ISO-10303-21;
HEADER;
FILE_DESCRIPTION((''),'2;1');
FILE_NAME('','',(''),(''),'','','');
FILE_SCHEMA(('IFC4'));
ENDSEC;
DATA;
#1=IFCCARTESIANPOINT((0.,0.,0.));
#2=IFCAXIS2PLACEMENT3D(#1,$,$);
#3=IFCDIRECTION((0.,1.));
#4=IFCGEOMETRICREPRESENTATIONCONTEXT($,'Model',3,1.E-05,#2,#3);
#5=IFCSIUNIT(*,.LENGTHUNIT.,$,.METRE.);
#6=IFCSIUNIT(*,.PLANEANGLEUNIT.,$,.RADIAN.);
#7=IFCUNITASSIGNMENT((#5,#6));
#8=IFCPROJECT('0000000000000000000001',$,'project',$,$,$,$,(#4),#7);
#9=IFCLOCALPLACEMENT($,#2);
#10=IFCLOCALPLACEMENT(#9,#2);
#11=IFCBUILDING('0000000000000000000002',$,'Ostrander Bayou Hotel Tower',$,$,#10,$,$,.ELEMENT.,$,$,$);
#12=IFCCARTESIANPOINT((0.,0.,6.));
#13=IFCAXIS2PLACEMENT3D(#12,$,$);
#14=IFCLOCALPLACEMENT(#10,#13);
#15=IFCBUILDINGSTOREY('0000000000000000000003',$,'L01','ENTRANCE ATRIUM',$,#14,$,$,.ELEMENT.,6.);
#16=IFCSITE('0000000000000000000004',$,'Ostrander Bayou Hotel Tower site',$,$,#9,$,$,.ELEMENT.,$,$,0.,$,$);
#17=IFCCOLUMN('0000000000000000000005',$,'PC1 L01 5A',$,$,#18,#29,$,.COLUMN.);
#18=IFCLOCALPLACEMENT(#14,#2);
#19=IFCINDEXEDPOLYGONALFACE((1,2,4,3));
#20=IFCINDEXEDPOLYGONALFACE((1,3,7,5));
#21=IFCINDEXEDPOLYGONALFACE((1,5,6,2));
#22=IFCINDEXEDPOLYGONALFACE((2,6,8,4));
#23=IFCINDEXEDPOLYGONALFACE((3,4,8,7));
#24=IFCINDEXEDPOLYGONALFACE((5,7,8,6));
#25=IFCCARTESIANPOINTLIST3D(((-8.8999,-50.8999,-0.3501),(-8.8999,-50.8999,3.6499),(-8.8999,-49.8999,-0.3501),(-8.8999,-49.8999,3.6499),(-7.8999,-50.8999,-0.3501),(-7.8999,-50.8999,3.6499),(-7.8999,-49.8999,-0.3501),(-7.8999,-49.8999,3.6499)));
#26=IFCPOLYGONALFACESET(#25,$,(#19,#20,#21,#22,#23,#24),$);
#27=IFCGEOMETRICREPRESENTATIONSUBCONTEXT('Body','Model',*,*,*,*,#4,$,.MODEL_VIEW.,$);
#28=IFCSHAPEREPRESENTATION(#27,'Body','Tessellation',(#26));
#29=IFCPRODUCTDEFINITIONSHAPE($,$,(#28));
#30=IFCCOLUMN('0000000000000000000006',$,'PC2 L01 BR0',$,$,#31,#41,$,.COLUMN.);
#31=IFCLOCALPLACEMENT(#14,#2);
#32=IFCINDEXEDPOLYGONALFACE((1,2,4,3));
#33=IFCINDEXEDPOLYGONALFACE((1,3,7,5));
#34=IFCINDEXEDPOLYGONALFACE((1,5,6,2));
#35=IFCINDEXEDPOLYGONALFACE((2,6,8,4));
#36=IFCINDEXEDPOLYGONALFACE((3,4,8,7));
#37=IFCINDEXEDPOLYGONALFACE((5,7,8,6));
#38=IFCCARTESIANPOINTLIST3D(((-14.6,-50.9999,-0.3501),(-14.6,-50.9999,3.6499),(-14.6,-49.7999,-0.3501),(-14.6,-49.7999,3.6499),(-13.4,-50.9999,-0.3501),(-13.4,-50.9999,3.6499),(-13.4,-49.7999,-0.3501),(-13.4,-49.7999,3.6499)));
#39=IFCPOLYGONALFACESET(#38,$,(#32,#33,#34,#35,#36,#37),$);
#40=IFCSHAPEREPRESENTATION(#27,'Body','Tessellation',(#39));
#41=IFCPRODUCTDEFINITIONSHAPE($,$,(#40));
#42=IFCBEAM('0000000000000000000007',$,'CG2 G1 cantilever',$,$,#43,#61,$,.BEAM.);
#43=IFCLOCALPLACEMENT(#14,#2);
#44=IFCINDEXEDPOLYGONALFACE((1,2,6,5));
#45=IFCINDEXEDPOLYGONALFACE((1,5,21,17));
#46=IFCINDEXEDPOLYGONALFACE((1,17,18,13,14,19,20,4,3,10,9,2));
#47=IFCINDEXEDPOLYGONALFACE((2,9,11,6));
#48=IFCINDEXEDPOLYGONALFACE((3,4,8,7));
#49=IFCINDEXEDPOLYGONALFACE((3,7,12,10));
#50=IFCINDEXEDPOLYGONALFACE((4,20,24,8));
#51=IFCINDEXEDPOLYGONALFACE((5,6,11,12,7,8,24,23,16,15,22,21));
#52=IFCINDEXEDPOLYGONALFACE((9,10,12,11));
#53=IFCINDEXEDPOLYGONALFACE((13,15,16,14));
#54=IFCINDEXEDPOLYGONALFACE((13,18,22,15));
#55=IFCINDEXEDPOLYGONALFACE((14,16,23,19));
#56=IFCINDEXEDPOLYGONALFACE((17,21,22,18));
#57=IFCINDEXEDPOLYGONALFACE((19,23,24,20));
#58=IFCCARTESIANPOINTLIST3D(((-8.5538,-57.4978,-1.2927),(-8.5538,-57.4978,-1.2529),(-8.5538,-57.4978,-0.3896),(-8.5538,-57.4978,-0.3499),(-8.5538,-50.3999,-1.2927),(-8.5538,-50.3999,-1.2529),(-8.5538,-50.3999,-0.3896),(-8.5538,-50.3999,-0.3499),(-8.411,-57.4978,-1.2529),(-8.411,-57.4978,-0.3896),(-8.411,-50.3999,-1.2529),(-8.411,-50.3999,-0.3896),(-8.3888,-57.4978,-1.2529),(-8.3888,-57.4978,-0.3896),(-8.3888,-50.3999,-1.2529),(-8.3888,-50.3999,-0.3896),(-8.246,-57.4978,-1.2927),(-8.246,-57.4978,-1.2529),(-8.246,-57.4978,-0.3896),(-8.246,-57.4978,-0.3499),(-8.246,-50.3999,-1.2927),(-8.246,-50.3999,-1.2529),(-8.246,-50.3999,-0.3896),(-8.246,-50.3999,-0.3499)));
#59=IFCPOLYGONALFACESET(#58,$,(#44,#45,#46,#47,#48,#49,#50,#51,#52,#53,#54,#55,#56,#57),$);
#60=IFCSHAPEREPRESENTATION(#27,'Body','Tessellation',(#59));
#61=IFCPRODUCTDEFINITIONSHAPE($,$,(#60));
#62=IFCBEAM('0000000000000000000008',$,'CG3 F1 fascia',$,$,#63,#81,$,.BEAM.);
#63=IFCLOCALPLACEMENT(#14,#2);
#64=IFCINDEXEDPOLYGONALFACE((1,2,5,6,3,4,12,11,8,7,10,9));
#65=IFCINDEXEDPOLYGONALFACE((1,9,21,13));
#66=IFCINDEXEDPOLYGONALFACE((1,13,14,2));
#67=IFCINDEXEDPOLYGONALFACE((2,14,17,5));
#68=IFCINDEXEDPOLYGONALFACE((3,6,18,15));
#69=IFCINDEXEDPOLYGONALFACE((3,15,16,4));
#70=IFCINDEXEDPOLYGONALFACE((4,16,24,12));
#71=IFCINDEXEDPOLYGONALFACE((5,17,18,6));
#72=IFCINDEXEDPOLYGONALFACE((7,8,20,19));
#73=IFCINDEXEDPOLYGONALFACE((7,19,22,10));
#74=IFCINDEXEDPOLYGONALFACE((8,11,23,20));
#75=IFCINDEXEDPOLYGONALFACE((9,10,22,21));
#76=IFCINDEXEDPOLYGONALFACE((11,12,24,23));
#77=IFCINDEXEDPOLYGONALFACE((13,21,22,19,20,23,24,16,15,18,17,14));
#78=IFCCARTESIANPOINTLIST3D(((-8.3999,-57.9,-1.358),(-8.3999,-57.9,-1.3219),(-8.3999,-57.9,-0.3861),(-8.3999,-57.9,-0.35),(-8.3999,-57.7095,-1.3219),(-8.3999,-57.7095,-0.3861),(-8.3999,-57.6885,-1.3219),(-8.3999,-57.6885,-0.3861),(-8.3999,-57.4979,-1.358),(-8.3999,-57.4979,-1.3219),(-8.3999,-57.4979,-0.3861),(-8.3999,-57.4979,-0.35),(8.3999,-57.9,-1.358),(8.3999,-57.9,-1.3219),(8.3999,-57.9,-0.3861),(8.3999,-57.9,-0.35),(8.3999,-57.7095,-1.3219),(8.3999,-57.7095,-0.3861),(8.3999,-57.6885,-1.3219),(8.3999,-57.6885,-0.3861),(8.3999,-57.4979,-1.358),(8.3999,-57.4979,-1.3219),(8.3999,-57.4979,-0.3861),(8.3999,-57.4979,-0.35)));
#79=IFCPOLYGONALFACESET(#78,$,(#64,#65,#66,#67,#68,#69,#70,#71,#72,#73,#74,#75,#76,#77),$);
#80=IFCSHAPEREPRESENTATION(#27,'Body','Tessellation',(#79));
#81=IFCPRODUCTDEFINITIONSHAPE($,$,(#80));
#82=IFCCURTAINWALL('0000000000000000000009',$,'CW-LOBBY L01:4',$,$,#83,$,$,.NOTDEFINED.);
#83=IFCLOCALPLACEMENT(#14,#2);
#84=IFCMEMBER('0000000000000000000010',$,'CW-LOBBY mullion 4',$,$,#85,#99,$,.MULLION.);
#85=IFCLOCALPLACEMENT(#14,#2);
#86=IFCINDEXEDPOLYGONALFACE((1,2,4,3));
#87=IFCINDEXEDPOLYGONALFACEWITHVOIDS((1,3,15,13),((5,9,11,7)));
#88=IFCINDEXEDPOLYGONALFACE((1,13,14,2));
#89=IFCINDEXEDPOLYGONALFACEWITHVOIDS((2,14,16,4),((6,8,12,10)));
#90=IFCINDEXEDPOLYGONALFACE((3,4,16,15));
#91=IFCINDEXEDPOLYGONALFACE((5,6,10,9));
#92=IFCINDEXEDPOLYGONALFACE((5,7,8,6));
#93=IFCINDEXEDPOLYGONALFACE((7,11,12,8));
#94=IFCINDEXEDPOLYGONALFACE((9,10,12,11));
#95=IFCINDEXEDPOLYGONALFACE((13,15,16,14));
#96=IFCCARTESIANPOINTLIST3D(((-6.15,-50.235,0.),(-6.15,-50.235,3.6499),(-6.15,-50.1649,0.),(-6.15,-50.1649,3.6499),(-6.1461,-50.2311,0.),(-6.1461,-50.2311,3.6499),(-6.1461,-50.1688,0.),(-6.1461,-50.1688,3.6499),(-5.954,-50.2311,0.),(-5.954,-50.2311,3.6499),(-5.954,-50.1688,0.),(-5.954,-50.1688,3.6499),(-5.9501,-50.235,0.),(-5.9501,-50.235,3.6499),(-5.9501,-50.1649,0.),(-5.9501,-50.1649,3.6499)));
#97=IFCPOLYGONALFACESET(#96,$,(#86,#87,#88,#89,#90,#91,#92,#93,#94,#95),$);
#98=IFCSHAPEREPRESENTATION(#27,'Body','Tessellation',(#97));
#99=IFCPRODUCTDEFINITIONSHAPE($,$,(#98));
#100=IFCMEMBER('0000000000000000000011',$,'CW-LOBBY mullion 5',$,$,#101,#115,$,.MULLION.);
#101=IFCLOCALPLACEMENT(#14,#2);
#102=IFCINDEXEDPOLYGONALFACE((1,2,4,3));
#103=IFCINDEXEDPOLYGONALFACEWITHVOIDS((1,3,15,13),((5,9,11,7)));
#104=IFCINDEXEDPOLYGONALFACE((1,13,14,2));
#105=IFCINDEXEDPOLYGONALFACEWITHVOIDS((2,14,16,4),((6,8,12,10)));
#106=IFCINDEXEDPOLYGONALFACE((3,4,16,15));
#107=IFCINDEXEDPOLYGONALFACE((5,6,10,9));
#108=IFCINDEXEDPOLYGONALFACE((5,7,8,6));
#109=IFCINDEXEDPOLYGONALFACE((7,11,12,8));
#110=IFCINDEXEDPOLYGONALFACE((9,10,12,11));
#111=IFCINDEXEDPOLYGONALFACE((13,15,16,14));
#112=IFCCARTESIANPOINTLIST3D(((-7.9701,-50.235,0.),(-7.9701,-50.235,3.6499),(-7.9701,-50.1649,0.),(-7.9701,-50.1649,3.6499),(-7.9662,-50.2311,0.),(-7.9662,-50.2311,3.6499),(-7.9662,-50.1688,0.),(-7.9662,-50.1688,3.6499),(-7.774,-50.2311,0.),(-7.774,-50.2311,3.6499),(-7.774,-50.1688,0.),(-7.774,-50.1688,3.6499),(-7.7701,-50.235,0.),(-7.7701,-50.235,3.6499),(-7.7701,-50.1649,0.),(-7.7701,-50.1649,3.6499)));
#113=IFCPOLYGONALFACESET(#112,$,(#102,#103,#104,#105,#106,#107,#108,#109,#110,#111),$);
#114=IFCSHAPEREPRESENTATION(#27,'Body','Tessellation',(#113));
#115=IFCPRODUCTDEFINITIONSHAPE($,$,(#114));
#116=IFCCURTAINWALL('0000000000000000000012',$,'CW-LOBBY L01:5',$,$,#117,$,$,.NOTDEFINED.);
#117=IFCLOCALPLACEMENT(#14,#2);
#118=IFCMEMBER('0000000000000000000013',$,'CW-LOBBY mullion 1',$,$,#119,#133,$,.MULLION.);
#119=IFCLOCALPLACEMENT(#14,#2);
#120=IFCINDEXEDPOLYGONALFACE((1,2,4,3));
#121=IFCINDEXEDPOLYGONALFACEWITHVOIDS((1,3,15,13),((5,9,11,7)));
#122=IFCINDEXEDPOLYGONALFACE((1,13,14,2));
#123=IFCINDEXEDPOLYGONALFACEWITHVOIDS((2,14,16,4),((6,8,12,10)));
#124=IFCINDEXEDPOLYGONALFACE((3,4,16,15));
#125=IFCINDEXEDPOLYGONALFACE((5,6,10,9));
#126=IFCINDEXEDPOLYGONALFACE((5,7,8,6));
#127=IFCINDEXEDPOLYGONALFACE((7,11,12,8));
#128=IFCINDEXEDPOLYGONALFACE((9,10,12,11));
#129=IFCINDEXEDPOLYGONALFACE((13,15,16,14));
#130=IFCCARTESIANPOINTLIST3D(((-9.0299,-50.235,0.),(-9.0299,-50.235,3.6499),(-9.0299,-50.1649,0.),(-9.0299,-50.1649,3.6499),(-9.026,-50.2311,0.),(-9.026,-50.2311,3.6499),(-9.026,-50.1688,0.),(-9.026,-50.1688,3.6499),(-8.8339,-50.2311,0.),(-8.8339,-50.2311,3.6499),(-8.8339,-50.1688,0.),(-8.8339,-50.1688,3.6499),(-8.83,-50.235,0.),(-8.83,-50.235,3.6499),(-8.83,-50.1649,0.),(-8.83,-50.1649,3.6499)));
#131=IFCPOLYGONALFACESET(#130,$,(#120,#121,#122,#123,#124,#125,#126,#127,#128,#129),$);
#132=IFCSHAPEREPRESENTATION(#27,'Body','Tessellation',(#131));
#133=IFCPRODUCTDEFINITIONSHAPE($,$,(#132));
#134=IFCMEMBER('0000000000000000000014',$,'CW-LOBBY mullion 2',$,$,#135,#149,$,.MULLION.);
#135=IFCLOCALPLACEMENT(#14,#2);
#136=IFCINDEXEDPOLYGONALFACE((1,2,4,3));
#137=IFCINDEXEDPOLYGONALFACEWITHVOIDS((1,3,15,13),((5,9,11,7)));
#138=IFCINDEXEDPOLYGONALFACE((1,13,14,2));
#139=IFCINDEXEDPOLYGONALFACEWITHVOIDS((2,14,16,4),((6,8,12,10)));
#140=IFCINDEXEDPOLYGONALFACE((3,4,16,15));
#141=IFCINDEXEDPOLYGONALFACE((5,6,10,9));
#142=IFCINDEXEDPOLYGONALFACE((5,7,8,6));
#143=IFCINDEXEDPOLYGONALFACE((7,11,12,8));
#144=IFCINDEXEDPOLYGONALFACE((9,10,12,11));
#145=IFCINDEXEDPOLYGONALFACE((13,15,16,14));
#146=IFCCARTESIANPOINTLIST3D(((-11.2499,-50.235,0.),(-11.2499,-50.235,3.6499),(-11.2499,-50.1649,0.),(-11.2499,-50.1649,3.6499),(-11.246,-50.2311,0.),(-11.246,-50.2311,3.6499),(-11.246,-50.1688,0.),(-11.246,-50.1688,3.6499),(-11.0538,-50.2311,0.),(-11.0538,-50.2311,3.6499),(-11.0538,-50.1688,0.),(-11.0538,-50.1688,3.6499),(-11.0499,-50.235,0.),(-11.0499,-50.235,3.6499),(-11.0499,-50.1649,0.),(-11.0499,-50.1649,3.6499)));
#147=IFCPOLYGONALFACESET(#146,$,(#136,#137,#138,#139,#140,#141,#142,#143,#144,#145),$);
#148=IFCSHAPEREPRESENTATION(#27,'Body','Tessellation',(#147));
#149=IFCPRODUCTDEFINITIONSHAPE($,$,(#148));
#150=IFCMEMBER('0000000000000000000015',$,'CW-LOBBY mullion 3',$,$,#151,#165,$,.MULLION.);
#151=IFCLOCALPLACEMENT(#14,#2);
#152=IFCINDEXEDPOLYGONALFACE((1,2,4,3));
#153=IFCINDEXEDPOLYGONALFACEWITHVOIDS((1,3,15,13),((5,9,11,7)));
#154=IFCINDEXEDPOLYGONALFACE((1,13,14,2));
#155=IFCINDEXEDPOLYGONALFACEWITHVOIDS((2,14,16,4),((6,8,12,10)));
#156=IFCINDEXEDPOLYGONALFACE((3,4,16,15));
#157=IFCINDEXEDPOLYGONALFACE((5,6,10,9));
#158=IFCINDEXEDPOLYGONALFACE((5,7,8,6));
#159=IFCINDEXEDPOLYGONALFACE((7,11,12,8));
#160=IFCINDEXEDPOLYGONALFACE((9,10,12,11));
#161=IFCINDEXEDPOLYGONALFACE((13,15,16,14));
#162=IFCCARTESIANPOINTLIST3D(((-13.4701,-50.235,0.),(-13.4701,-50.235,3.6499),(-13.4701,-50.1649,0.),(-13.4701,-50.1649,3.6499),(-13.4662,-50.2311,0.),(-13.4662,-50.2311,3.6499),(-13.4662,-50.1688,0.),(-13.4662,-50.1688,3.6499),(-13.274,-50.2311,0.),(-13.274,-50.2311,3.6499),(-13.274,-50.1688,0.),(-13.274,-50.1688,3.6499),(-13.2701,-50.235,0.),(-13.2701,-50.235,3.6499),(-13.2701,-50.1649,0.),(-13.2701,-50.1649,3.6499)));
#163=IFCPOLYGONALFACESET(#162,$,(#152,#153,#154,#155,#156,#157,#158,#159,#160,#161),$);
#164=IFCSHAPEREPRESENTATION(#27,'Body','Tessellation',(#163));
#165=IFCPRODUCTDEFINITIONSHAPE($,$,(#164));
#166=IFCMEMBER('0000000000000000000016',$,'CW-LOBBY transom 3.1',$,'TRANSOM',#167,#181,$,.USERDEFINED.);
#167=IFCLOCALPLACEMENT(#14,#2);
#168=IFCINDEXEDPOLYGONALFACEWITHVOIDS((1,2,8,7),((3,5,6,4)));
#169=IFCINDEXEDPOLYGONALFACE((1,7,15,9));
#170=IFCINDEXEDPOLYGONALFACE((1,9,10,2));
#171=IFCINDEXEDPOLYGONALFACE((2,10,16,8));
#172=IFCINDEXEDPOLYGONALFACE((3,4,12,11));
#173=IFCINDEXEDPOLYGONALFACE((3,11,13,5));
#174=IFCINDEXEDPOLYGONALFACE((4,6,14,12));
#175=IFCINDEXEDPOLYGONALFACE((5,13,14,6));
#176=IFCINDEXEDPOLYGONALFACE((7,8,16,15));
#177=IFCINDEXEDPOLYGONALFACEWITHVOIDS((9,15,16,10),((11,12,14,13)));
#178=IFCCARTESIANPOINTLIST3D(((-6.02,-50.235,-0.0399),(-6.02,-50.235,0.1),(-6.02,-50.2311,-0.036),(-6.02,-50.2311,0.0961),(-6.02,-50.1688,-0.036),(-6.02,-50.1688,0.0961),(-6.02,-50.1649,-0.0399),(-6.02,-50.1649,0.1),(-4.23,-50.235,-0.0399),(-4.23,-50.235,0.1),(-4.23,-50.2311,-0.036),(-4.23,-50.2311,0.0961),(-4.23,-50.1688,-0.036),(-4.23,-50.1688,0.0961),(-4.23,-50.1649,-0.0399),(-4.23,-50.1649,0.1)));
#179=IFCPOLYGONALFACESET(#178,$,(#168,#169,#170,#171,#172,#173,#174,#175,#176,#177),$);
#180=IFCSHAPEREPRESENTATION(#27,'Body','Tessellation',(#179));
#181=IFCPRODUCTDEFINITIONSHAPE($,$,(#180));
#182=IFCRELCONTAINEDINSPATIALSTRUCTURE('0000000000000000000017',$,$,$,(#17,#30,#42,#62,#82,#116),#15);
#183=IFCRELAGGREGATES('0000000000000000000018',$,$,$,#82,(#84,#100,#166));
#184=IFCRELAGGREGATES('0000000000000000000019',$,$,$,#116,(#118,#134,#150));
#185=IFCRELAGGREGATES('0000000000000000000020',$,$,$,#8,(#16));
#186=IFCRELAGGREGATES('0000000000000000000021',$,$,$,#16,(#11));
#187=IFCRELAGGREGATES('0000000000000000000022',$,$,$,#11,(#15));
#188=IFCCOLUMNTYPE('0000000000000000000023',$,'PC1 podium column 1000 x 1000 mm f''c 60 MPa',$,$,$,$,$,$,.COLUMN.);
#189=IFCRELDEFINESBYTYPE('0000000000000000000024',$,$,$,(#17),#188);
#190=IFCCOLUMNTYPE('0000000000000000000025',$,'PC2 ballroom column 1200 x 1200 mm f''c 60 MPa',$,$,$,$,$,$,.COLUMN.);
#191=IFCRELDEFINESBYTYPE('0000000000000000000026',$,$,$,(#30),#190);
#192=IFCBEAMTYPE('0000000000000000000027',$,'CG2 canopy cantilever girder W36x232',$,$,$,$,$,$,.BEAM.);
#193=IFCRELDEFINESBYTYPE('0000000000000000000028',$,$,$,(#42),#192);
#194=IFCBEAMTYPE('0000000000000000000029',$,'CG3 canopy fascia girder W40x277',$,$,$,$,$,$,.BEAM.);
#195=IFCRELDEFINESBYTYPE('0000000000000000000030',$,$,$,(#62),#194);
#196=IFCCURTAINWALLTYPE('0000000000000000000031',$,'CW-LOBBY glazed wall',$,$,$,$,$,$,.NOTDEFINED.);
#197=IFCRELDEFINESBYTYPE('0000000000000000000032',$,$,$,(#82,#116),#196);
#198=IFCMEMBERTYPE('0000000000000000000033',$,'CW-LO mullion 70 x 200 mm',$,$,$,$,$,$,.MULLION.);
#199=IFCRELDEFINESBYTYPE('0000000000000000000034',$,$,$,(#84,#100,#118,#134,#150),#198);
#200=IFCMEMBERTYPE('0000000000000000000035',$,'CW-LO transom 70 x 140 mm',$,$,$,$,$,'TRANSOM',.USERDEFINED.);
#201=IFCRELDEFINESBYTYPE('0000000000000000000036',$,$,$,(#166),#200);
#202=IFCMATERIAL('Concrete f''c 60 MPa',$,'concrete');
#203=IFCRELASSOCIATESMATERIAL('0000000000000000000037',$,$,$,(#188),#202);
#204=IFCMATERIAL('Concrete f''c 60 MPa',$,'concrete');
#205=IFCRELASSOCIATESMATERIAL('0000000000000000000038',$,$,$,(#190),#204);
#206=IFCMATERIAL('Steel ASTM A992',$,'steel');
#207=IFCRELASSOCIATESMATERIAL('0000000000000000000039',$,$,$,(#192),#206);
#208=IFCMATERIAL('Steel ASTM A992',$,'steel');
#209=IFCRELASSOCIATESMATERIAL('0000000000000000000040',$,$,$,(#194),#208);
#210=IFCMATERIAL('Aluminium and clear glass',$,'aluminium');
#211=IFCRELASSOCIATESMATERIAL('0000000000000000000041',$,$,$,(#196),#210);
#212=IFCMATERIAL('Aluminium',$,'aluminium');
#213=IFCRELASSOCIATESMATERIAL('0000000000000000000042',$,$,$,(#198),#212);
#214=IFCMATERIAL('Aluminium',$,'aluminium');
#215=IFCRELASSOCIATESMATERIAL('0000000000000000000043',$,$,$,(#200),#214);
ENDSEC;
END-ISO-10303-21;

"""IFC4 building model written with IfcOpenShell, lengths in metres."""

from ifc_helpers import new_model, si_unit, direction, frame, origin, origin_2d, place, context, subcontext, project, spatial, rectangle, hollow_rectangle, i_section, extrude, material, material_profile, profile_set, type_object, element, aggregate, save


model = new_model("IFC4")

# Units and contexts
model_context = context("Model", 3, precision=1e-05, world=origin(), true_north=direction((0.0, 1.0)))
body_context = subcontext(model_context, "Body", "Model", "MODEL_VIEW")
ifc_project = project(units=[si_unit("LENGTHUNIT", "METRE"), si_unit("PLANEANGLEUNIT", "RADIAN")], contexts=[model_context])

# Site, building, storey
site_placement = place(None, origin())
site = spatial("IfcSite", under=ifc_project, at=site_placement, Name="Ostrander Bayou Hotel Tower site", CompositionType="ELEMENT", RefElevation=0.0)
building_placement = place(site_placement, origin())
building = spatial("IfcBuilding", under=site, at=building_placement, Name="Ostrander Bayou Hotel Tower", CompositionType="ELEMENT")
storey_placement = place(building_placement, frame((0.0, 0.0, 6.0)))
storey = spatial("IfcBuildingStorey", under=building, at=storey_placement, Name="L01", Description="ENTRANCE ATRIUM", CompositionType="ELEMENT", Elevation=6.0)

# Columns
ifc_material_1 = material(Name="Concrete f'c 60 MPa", Category="concrete")
ifc_material_profile_1 = material_profile(ifc_material_1, rectangle(XDim=1.0, YDim=1.0, at=origin_2d()))
ifc_profile_set_1 = profile_set([ifc_material_profile_1], Name="Concrete f'c 60 MPa")
column_type_1 = type_object("IfcColumnType", Name="PC1 podium column 1000 x 1000 mm f'c 60 MPa", PredefinedType="COLUMN", material=ifc_profile_set_1)
column_1_placement = place(storey_placement, frame((-8.3999, -50.3999, -0.3501), z_axis=(0.0, 0.0, 1.0), x_axis=(1.0, 0.0, 0.0)))
element("IfcColumn", 1, at=column_1_placement, inside=storey, type_object=column_type_1, Name="PC1 L01 5A", PredefinedType="COLUMN", context=body_context, shape_type="SweptSolid", body=[
    extrude(rectangle(XDim=1.0, YDim=1.0, at=origin_2d()), origin(), (0.0, 0.0, 1.0), 4.0),
])
ifc_material_2 = material(Name="Concrete f'c 60 MPa", Category="concrete")
ifc_material_profile_2 = material_profile(ifc_material_2, rectangle(XDim=1.2, YDim=1.2, at=origin_2d()))
ifc_profile_set_2 = profile_set([ifc_material_profile_2], Name="Concrete f'c 60 MPa")
column_type_2 = type_object("IfcColumnType", Name="PC2 ballroom column 1200 x 1200 mm f'c 60 MPa", PredefinedType="COLUMN", material=ifc_profile_set_2)
column_2_placement = place(storey_placement, frame((-14.0, -50.3999, -0.3501), z_axis=(0.0, 0.0, 1.0), x_axis=(1.0, 0.0, 0.0)))
element("IfcColumn", 2, at=column_2_placement, inside=storey, type_object=column_type_2, Name="PC2 L01 BR0", PredefinedType="COLUMN", context=body_context, shape_type="SweptSolid", body=[
    extrude(rectangle(XDim=1.2, YDim=1.2, at=origin_2d()), origin(), (0.0, 0.0, 1.0), 4.0),
])

# Beams
ifc_material_3 = material(Name="Steel ASTM A992", Category="steel")
ifc_material_profile_3 = material_profile(ifc_material_3, i_section(OverallWidth=0.3079, OverallDepth=0.9429, WebThickness=0.0222, FlangeThickness=0.0398, at=origin_2d()))
ifc_profile_set_3 = profile_set([ifc_material_profile_3], Name="Steel ASTM A992")
beam_type_1 = type_object("IfcBeamType", Name="CG2 canopy cantilever girder W36x232", PredefinedType="BEAM", material=ifc_profile_set_3)
beam_1_placement = place(storey_placement, frame((-8.3999, -50.3999, -0.8213), z_axis=(0.0, -1.0, 0.0), x_axis=(1.0, 0.0, 0.0)))
element("IfcBeam", 3, at=beam_1_placement, inside=storey, type_object=beam_type_1, Name="CG2 G1 cantilever", PredefinedType="BEAM", context=body_context, shape_type="SweptSolid", body=[
    extrude(i_section(OverallWidth=0.3079, OverallDepth=0.9429, WebThickness=0.0222, FlangeThickness=0.0398, at=origin_2d()), origin(), (0.0, 0.0, 1.0), 7.0979),
])
ifc_material_4 = material(Name="Steel ASTM A992", Category="steel")
ifc_material_profile_4 = material_profile(ifc_material_4, i_section(OverallWidth=0.4021, OverallDepth=1.0081, WebThickness=0.021, FlangeThickness=0.0361, at=origin_2d()))
ifc_profile_set_4 = profile_set([ifc_material_profile_4], Name="Steel ASTM A992")
beam_type_2 = type_object("IfcBeamType", Name="CG3 canopy fascia girder W40x277", PredefinedType="BEAM", material=ifc_profile_set_4)
beam_2_placement = place(storey_placement, frame((-8.3999, -57.699, -0.854), z_axis=(1.0, 0.0, 0.0), x_axis=(0.0, 1.0, 0.0)))
element("IfcBeam", 4, at=beam_2_placement, inside=storey, type_object=beam_type_2, Name="CG3 F1 fascia", PredefinedType="BEAM", context=body_context, shape_type="SweptSolid", body=[
    extrude(i_section(OverallWidth=0.4021, OverallDepth=1.0081, WebThickness=0.021, FlangeThickness=0.0361, at=origin_2d()), origin(), (0.0, 0.0, 1.0), 16.7998),
])

# Curtain walls, members
ifc_material_5 = material(Name="Aluminium and clear glass", Category="aluminium")
curtain_wall_type = type_object("IfcCurtainWallType", Name="CW-LOBBY glazed wall", PredefinedType="NOTDEFINED", material=ifc_material_5)
curtain_wall_1_placement = place(storey_placement, origin())
curtain_wall_1 = element("IfcCurtainWall", 5, at=curtain_wall_1_placement, inside=storey, type_object=curtain_wall_type, Name="CW-LOBBY L01:4", PredefinedType="NOTDEFINED")
ifc_material_6 = material(Name="Aluminium", Category="aluminium")
ifc_material_profile_5 = material_profile(ifc_material_6, hollow_rectangle(XDim=0.0701, YDim=0.2, WallThickness=0.0039, at=origin_2d()))
ifc_profile_set_5 = profile_set([ifc_material_profile_5], Name="Aluminium")
member_type_1 = type_object("IfcMemberType", Name="CW-LO mullion 70 x 200 mm", PredefinedType="MULLION", material=ifc_profile_set_5)
member_1_placement = place(storey_placement, frame((-6.05, -50.2, 0.0), z_axis=(0.0, 0.0, 1.0), x_axis=(0.0, -1.0, 0.0)))
member_1 = element("IfcMember", 6, at=member_1_placement, type_object=member_type_1, Name="CW-LOBBY mullion 4", PredefinedType="MULLION", context=body_context, shape_type="SweptSolid", body=[
    extrude(hollow_rectangle(XDim=0.0701, YDim=0.2, WallThickness=0.0039, at=origin_2d()), origin(), (0.0, 0.0, 1.0), 3.6499),
])
member_2_placement = place(storey_placement, frame((-7.8701, -50.2, 0.0), z_axis=(0.0, 0.0, 1.0), x_axis=(0.0, -1.0, 0.0)))
member_2 = element("IfcMember", 7, at=member_2_placement, type_object=member_type_1, Name="CW-LOBBY mullion 5", PredefinedType="MULLION", context=body_context, shape_type="SweptSolid", body=[
    extrude(hollow_rectangle(XDim=0.0701, YDim=0.2, WallThickness=0.0039, at=origin_2d()), origin(), (0.0, 0.0, 1.0), 3.6499),
])
curtain_wall_2_placement = place(storey_placement, origin())
curtain_wall_2 = element("IfcCurtainWall", 8, at=curtain_wall_2_placement, inside=storey, type_object=curtain_wall_type, Name="CW-LOBBY L01:5", PredefinedType="NOTDEFINED")
member_3_placement = place(storey_placement, frame((-8.9299, -50.2, 0.0), z_axis=(0.0, 0.0, 1.0), x_axis=(0.0, -1.0, 0.0)))
member_3 = element("IfcMember", 9, at=member_3_placement, type_object=member_type_1, Name="CW-LOBBY mullion 1", PredefinedType="MULLION", context=body_context, shape_type="SweptSolid", body=[
    extrude(hollow_rectangle(XDim=0.0701, YDim=0.2, WallThickness=0.0039, at=origin_2d()), origin(), (0.0, 0.0, 1.0), 3.6499),
])
member_4_placement = place(storey_placement, frame((-11.1499, -50.2, 0.0), z_axis=(0.0, 0.0, 1.0), x_axis=(0.0, -1.0, 0.0)))
member_4 = element("IfcMember", 10, at=member_4_placement, type_object=member_type_1, Name="CW-LOBBY mullion 2", PredefinedType="MULLION", context=body_context, shape_type="SweptSolid", body=[
    extrude(hollow_rectangle(XDim=0.0701, YDim=0.2, WallThickness=0.0039, at=origin_2d()), origin(), (0.0, 0.0, 1.0), 3.6499),
])
member_5_placement = place(storey_placement, frame((-13.3701, -50.2, 0.0), z_axis=(0.0, 0.0, 1.0), x_axis=(0.0, -1.0, 0.0)))
member_5 = element("IfcMember", 11, at=member_5_placement, type_object=member_type_1, Name="CW-LOBBY mullion 3", PredefinedType="MULLION", context=body_context, shape_type="SweptSolid", body=[
    extrude(hollow_rectangle(XDim=0.0701, YDim=0.2, WallThickness=0.0039, at=origin_2d()), origin(), (0.0, 0.0, 1.0), 3.6499),
])

# Member
ifc_material_7 = material(Name="Aluminium", Category="aluminium")
ifc_material_profile_6 = material_profile(ifc_material_7, hollow_rectangle(XDim=0.0701, YDim=0.1399, WallThickness=0.0039, at=origin_2d()))
ifc_profile_set_6 = profile_set([ifc_material_profile_6], Name="Aluminium")
member_type_2 = type_object("IfcMemberType", Name="CW-LO transom 70 x 140 mm", ElementType="TRANSOM", PredefinedType="USERDEFINED", material=ifc_profile_set_6)
member_6_placement = place(storey_placement, frame((-4.23, -50.2, 0.03), z_axis=(-1.0, 0.0, 0.0), x_axis=(0.0, -1.0, 0.0)))
member_6 = element("IfcMember", 12, at=member_6_placement, type_object=member_type_2, Name="CW-LOBBY transom 3.1", ObjectType="TRANSOM", PredefinedType="USERDEFINED", context=body_context, shape_type="SweptSolid", body=[
    extrude(hollow_rectangle(XDim=0.0701, YDim=0.1399, WallThickness=0.0039, at=origin_2d()), origin(), (0.0, 0.0, 1.0), 1.79),
])

aggregate(curtain_wall_1, [member_1, member_2, member_6])
aggregate(curtain_wall_2, [member_3, member_4, member_5])

save(model, "model.ifc")
